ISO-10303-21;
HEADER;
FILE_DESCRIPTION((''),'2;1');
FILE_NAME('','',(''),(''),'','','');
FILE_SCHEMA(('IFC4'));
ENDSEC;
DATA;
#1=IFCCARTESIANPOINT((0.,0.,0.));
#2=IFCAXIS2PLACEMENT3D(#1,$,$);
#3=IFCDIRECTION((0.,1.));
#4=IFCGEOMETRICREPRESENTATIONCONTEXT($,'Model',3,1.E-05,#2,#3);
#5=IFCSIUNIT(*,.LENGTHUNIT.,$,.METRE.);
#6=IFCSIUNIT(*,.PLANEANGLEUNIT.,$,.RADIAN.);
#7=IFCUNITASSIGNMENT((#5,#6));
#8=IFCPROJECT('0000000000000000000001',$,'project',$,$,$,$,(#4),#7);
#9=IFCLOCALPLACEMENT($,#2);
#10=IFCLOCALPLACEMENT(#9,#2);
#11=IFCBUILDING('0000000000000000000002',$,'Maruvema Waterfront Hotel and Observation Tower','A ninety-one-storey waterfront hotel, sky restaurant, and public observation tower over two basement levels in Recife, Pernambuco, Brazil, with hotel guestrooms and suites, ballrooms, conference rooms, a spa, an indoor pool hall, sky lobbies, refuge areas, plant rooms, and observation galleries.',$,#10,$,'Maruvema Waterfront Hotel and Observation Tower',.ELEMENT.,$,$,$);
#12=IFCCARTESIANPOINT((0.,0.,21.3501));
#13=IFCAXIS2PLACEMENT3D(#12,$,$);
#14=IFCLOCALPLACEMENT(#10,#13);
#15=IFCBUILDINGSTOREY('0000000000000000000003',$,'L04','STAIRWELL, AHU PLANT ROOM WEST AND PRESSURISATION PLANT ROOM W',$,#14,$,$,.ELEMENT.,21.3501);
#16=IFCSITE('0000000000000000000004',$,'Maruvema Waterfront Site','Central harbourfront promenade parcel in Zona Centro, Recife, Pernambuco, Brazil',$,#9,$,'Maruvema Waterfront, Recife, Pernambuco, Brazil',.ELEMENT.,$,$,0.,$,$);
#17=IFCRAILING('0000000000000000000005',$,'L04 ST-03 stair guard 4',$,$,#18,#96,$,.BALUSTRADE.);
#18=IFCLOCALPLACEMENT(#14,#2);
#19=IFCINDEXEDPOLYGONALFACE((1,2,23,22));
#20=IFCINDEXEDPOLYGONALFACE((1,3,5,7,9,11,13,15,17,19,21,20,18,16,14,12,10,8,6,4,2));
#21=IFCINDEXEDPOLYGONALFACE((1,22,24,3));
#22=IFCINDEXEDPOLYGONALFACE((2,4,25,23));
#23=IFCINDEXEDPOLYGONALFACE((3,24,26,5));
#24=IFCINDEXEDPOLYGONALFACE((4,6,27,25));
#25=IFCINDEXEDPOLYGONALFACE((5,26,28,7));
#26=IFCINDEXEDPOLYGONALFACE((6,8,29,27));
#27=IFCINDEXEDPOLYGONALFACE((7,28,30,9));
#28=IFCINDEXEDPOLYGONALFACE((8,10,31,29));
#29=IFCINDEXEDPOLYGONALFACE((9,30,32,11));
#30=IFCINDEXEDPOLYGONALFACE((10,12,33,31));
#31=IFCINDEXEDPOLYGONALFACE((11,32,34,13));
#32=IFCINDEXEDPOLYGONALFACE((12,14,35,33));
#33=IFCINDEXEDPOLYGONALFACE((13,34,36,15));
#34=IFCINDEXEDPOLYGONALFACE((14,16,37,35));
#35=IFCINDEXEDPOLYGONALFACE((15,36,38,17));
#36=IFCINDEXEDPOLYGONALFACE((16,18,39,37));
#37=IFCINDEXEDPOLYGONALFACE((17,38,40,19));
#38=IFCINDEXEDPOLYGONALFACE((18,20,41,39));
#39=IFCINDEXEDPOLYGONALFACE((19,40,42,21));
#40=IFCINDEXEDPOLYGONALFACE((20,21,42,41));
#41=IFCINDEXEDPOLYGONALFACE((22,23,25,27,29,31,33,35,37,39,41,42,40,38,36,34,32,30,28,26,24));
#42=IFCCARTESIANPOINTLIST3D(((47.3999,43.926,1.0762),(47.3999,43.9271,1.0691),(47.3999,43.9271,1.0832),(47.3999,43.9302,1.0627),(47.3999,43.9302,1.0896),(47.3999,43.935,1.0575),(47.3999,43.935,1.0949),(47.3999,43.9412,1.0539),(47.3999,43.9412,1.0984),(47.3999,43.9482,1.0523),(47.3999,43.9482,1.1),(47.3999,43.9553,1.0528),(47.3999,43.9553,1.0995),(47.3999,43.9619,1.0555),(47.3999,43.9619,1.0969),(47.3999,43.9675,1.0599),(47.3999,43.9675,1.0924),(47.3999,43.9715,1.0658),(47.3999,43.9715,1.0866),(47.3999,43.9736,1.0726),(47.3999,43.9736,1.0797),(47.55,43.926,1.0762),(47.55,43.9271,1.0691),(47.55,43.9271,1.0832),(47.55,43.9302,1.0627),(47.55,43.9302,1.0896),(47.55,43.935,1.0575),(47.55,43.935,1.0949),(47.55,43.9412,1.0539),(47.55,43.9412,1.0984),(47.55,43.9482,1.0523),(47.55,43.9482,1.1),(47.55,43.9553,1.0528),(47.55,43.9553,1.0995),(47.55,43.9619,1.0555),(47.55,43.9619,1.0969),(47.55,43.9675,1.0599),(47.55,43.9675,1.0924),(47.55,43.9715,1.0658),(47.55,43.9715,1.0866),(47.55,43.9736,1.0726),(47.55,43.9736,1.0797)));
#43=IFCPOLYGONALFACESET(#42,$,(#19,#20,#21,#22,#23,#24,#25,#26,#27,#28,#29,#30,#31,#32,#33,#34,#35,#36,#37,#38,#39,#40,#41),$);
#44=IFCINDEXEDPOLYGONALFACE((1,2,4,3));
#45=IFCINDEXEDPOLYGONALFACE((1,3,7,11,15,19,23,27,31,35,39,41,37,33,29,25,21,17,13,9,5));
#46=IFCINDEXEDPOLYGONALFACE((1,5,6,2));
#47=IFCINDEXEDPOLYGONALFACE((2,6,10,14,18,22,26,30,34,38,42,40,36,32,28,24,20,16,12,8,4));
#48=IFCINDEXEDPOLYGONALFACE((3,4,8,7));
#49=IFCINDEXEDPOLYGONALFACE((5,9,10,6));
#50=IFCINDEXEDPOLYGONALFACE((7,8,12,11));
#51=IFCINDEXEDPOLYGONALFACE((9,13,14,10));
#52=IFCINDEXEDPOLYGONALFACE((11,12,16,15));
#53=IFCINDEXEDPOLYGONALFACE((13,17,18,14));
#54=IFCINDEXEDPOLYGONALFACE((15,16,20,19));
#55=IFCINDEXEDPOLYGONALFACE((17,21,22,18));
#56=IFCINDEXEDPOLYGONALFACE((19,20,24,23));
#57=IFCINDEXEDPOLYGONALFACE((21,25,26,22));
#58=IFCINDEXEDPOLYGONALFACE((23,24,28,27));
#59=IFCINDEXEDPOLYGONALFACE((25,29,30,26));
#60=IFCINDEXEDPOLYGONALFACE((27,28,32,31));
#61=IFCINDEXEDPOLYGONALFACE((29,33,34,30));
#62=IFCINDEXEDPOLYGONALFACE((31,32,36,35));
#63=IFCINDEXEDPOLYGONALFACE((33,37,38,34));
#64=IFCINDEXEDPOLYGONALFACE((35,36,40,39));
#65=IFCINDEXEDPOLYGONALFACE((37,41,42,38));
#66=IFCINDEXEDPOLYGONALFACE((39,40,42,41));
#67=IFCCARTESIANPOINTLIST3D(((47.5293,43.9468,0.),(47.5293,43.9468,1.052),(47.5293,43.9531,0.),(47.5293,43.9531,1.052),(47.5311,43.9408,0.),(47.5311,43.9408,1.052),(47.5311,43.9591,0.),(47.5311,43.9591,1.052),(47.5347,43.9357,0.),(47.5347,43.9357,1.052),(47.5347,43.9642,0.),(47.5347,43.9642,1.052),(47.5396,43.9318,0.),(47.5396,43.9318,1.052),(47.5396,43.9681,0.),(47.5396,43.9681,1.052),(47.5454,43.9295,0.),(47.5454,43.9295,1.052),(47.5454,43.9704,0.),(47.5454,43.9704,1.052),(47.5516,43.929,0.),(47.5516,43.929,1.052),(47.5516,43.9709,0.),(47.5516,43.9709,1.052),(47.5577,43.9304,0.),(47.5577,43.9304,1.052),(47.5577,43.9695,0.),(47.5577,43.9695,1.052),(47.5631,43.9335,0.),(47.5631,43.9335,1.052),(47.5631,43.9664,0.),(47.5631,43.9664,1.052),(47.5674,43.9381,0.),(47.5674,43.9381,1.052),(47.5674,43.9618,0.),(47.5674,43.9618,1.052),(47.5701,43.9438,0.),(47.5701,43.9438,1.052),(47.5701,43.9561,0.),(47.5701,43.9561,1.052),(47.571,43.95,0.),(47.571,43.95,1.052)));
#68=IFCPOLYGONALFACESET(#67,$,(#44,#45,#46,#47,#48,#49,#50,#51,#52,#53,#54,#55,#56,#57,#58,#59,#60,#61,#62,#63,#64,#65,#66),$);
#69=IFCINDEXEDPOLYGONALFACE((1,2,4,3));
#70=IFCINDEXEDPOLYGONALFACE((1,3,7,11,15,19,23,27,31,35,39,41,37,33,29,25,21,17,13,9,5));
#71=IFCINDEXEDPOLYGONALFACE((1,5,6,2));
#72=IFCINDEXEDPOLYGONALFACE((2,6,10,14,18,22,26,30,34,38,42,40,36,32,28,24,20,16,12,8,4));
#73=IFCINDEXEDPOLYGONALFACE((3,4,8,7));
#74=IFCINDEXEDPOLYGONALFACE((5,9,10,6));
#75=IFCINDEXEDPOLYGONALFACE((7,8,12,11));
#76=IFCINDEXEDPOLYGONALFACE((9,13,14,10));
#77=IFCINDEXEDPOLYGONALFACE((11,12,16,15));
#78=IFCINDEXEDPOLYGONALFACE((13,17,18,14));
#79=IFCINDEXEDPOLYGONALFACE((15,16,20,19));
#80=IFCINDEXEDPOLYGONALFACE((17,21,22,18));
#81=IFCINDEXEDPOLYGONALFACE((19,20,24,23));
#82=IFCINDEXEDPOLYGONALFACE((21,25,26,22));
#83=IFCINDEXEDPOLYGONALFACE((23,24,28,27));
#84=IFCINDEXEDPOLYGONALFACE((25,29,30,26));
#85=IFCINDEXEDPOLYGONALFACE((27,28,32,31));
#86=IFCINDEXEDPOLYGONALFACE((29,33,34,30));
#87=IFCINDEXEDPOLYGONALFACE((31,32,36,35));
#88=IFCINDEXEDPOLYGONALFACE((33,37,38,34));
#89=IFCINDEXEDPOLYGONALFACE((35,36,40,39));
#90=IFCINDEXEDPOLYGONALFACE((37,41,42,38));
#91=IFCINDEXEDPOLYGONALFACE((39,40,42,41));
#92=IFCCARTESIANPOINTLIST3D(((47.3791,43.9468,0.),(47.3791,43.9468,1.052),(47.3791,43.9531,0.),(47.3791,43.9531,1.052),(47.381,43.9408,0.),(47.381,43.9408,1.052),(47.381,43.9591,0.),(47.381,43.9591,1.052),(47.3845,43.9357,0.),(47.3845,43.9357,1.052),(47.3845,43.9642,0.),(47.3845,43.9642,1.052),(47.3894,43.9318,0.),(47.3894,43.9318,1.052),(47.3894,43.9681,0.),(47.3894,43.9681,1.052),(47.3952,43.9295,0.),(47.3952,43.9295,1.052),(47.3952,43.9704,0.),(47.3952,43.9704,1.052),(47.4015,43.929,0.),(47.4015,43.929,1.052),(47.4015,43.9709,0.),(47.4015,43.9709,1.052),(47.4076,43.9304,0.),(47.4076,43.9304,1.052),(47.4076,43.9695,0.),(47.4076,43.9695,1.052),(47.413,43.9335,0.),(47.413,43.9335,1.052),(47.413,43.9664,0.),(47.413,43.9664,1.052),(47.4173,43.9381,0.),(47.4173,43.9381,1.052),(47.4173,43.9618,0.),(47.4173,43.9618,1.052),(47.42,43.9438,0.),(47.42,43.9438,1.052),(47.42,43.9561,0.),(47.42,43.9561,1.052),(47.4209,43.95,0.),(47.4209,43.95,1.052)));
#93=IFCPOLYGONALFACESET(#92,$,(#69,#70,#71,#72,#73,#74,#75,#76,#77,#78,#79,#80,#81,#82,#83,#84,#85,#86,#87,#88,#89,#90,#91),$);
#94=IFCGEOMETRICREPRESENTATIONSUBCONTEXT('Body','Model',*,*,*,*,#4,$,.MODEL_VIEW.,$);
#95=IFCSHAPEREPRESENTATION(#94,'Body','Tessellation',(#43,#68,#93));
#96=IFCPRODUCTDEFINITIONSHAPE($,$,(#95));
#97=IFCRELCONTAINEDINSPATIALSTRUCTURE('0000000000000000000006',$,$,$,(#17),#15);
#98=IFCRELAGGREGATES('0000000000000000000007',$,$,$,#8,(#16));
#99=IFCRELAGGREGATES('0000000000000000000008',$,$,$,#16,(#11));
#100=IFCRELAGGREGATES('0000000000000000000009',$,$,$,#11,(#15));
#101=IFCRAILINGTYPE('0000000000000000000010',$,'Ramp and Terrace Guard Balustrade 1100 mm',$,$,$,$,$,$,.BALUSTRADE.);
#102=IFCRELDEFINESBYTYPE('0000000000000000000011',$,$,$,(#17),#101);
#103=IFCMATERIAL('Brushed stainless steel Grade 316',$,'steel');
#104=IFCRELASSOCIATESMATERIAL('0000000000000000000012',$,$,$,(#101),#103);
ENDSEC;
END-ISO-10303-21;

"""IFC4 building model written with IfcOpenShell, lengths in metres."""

from ifc_helpers import new_model, si_unit, direction, frame, origin, origin_2d, place, context, subcontext, project, spatial, circle, extrude, material, type_object, element, save


model = new_model("IFC4")

# Units and contexts
model_context = context("Model", 3, precision=1e-05, world=origin(), true_north=direction((0.0, 1.0)))
body_context = subcontext(model_context, "Body", "Model", "MODEL_VIEW")
ifc_project = project(units=[si_unit("LENGTHUNIT", "METRE"), si_unit("PLANEANGLEUNIT", "RADIAN")], contexts=[model_context])

# Site, building, storey
site_placement = place(None, origin())
site = spatial("IfcSite", under=ifc_project, at=site_placement, Name="Maruvema Waterfront Site", Description="Central harbourfront promenade parcel in Zona Centro, Recife, Pernambuco, Brazil", LongName="Maruvema Waterfront, Recife, Pernambuco, Brazil", CompositionType="ELEMENT", RefElevation=0.0)
building_placement = place(site_placement, origin())
building = spatial("IfcBuilding", under=site, at=building_placement, Name="Maruvema Waterfront Hotel and Observation Tower", Description="A ninety-one-storey waterfront hotel, sky restaurant, and public observation tower over two basement levels in Recife, Pernambuco, Brazil, with hotel guestrooms and suites, ballrooms, conference rooms, a spa, an indoor pool hall, sky lobbies, refuge areas, plant rooms, and observation galleries.", LongName="Maruvema Waterfront Hotel and Observation Tower", CompositionType="ELEMENT")
storey_placement = place(building_placement, frame((0.0, 0.0, 21.3501)))
storey = spatial("IfcBuildingStorey", under=building, at=storey_placement, Name="L04", Description="STAIRWELL, AHU PLANT ROOM WEST AND PRESSURISATION PLANT ROOM W", CompositionType="ELEMENT", Elevation=21.3501)

# Railing
ifc_material_1 = material(Name="Brushed stainless steel Grade 316", Category="steel")
railing_type_1 = type_object("IfcRailingType", Name="Ramp and Terrace Guard Balustrade 1100 mm", PredefinedType="BALUSTRADE", material=ifc_material_1)
railing_1_placement = place(storey_placement, frame((47.55, 43.95, 0.0)))
element("IfcRailing", 1, at=railing_1_placement, inside=storey, type_object=railing_type_1, Name="L04 ST-03 stair guard 4", PredefinedType="BALUSTRADE", context=body_context, shape_type="SweptSolid", body=[
    extrude(circle(Radius=0.0239, at=origin_2d()), frame((0.0, 0.0, 1.0762), z_axis=(-1.0, 0.0, 0.0), x_axis=(0.0, -1.0, 0.0)), (0.0, 0.0, 1.0), 0.1501),
    extrude(circle(Radius=0.021, at=origin_2d()), origin(), (0.0, 0.0, 1.0), 1.052),
    extrude(circle(Radius=0.021, at=origin_2d()), frame((-0.1501, 0.0, 0.0)), (0.0, 0.0, 1.0), 1.052),
])

save(model, "model.ifc")
